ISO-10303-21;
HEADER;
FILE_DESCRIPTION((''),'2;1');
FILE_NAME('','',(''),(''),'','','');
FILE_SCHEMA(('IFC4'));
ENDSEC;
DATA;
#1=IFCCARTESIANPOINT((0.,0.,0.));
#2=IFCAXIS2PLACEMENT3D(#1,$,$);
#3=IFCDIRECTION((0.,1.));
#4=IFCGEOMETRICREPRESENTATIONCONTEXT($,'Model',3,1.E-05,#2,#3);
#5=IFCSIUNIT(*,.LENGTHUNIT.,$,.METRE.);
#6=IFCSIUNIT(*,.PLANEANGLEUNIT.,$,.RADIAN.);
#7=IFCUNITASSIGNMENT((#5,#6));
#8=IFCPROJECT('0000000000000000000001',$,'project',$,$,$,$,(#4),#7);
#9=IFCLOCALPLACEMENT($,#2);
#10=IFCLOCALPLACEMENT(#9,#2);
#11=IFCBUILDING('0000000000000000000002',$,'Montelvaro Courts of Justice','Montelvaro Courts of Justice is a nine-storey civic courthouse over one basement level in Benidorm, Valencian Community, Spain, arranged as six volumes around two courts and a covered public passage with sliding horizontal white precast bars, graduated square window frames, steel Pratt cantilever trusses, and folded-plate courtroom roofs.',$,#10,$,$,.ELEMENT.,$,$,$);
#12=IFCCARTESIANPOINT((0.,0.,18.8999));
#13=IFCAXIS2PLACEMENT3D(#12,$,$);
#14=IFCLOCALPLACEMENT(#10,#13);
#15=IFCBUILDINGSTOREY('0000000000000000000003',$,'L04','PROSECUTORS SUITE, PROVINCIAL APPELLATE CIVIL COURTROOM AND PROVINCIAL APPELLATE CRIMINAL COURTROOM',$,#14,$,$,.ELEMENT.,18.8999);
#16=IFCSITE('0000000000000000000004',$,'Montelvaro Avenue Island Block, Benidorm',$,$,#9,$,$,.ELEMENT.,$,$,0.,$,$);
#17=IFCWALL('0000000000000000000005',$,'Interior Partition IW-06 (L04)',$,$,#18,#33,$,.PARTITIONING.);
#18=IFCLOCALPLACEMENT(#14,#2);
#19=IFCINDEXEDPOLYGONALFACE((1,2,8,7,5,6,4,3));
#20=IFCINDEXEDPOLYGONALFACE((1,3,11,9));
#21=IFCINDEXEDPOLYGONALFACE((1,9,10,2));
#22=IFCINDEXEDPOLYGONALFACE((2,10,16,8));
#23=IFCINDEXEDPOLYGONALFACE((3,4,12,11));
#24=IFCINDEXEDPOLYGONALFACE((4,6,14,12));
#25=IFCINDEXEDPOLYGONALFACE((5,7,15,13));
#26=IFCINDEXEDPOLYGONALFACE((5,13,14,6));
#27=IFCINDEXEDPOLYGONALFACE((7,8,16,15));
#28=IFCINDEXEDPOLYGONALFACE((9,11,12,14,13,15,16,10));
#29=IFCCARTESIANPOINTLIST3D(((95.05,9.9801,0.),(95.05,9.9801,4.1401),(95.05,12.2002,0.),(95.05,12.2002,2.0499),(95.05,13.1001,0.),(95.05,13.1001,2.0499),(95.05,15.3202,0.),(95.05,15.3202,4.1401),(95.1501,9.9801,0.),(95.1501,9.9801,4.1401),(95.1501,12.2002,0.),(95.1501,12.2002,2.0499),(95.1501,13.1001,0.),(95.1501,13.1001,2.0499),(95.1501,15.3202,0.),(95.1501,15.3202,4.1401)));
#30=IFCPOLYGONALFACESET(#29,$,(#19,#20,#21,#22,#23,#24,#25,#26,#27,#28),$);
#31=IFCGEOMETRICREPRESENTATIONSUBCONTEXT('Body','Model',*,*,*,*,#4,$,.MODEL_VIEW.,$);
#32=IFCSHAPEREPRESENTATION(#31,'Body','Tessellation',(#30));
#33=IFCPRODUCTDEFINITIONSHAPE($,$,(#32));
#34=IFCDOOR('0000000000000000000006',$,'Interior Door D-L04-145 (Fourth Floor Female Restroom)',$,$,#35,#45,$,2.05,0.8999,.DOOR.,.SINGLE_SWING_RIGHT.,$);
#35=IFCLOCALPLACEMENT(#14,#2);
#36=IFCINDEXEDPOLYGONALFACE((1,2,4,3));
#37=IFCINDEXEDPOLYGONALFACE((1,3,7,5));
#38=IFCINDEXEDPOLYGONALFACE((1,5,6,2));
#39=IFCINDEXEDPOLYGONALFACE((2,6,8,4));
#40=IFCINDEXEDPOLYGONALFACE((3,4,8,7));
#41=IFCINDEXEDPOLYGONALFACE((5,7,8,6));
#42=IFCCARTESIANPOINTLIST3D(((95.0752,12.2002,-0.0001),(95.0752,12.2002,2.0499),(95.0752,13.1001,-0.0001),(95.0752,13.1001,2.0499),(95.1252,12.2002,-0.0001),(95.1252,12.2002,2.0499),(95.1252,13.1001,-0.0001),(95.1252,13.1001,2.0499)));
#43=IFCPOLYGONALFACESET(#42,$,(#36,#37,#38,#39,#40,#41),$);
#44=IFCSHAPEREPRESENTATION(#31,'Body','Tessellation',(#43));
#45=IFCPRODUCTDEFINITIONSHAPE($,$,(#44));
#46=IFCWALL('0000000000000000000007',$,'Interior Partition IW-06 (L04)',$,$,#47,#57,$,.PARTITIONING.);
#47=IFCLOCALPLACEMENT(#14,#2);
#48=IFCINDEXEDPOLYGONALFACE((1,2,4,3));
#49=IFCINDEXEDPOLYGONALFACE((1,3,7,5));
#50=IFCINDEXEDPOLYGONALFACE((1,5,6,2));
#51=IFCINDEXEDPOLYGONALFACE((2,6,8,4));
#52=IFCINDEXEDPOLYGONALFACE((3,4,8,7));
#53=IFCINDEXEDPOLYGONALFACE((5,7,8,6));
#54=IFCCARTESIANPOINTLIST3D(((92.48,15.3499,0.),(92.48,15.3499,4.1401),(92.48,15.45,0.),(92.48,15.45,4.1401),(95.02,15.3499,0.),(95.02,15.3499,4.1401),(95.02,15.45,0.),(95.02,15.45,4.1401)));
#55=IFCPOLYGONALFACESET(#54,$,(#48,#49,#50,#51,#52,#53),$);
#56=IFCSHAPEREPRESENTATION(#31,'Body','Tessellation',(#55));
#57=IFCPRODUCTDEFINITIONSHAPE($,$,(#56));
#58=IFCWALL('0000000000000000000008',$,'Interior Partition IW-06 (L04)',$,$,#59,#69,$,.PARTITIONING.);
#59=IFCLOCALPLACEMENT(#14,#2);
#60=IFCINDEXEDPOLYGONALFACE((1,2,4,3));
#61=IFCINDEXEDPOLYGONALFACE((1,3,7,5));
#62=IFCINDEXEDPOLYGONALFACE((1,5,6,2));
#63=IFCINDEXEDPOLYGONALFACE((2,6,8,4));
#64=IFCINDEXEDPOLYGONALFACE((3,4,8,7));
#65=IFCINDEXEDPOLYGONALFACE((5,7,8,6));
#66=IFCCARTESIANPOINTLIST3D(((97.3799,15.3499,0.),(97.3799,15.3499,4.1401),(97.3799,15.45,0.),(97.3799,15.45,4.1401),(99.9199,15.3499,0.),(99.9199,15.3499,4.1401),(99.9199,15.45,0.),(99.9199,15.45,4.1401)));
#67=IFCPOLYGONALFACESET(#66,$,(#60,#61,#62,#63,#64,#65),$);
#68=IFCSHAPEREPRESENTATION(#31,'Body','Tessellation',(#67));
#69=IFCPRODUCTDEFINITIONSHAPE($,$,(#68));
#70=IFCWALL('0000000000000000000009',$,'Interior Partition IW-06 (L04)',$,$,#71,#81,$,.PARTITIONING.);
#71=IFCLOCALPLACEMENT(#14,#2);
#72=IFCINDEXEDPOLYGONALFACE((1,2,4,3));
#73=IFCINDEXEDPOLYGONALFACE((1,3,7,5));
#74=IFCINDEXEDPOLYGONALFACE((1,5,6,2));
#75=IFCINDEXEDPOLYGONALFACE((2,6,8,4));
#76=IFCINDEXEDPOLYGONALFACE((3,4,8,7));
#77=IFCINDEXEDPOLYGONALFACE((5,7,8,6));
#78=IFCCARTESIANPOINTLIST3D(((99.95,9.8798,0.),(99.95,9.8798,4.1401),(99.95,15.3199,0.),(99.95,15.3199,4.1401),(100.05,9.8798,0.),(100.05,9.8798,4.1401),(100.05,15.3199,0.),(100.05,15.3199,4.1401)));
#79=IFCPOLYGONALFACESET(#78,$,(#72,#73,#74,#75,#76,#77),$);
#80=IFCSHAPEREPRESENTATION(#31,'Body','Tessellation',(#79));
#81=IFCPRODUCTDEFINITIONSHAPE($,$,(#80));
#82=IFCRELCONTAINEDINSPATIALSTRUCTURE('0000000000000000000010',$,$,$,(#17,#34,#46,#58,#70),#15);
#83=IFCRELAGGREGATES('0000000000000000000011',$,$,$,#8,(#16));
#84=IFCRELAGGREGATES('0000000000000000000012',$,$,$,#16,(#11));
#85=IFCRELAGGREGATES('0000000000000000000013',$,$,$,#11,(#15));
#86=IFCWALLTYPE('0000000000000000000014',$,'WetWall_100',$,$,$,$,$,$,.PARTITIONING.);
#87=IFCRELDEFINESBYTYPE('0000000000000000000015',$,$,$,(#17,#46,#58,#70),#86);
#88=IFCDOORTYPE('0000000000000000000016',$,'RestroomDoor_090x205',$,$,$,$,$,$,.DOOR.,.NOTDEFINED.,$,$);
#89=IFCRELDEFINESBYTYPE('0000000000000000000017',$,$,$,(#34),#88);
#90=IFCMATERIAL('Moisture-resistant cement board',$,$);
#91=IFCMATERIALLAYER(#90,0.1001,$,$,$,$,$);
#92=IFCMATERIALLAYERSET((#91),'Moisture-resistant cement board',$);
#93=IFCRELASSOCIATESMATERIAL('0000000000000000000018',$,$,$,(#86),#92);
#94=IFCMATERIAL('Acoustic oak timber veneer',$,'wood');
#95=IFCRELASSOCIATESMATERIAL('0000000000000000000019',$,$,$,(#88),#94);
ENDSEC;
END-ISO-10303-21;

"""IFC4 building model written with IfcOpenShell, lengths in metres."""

from ifc_helpers import new_model, si_unit, direction, frame, frame_2d, origin, place, context, subcontext, project, spatial, rectangle, extrude, material, layer, layer_set, type_object, element, fill, save


model = new_model("IFC4")

# Units and contexts
model_context = context("Model", 3, precision=1e-05, world=origin(), true_north=direction((0.0, 1.0)))
body_context = subcontext(model_context, "Body", "Model", "MODEL_VIEW")
ifc_project = project(units=[si_unit("LENGTHUNIT", "METRE"), si_unit("PLANEANGLEUNIT", "RADIAN")], contexts=[model_context])

# Site, building, storey
site_placement = place(None, origin())
site = spatial("IfcSite", under=ifc_project, at=site_placement, Name="Montelvaro Avenue Island Block, Benidorm", CompositionType="ELEMENT", RefElevation=0.0)
building_placement = place(site_placement, origin())
building = spatial("IfcBuilding", under=site, at=building_placement, Name="Montelvaro Courts of Justice", Description="Montelvaro Courts of Justice is a nine-storey civic courthouse over one basement level in Benidorm, Valencian Community, Spain, arranged as six volumes around two courts and a covered public passage with sliding horizontal white precast bars, graduated square window frames, steel Pratt cantilever trusses, and folded-plate courtroom roofs.", CompositionType="ELEMENT")
storey_placement = place(building_placement, frame((0.0, 0.0, 18.8999)))
storey = spatial("IfcBuildingStorey", under=building, at=storey_placement, Name="L04", Description="PROSECUTORS SUITE, PROVINCIAL APPELLATE CIVIL COURTROOM AND PROVINCIAL APPELLATE CRIMINAL COURTROOM", CompositionType="ELEMENT", Elevation=18.8999)

# Shared definitions
ifc_material_1 = material(Name="Acoustic oak timber veneer", Category="wood")

# Wall, opening, door
ifc_material_2 = material(Name="Moisture-resistant cement board")
ifc_layer_1 = layer(ifc_material_2, 0.1001)
ifc_layer_set_1 = layer_set([ifc_layer_1], Name="Moisture-resistant cement board")
wall_type_1 = type_object("IfcWallType", Name="WetWall_100", PredefinedType="PARTITIONING", material=ifc_layer_set_1)
wall_1_placement = place(storey_placement, frame((95.1001, 15.3201, 0.0), z_axis=(0.0, 0.0, 1.0), x_axis=(0.0, -1.0, 0.0)))
wall_1 = element("IfcWall", 1, at=wall_1_placement, inside=storey, type_object=wall_type_1, Name="Interior Partition IW-06 (L04)", PredefinedType="PARTITIONING", context=body_context, shape_type="SweptSolid", body=[
    extrude(rectangle(XDim=5.3401, YDim=0.1001, at=frame_2d((2.6699, 0.0))), origin(), (0.0, 0.0, 1.0), 4.1401),
])
opening_1_placement = place(wall_1_placement, frame((2.22, 0.0, 0.0)))
opening_1 = element("IfcOpeningElement", 2, at=opening_1_placement, cuts=wall_1, PredefinedType="OPENING", context=body_context, shape_type="SweptSolid", body=[
    extrude(rectangle(XDim=0.8999, YDim=2.05, at=frame_2d((0.45, 1.0249))), frame((0.0, 0.0649, 0.0), z_axis=(0.0, -1.0, 0.0), x_axis=(1.0, 0.0, 0.0)), (0.0, 0.0, 1.0), 0.1299),
])
door_type_1 = type_object("IfcDoorType", Name="RestroomDoor_090x205", OperationType="NOTDEFINED", PredefinedType="DOOR", material=ifc_material_1)
door_1_placement = place(opening_1_placement, frame((0.8999, 0.0, 0.0), z_axis=(0.0, 0.0, 1.0), x_axis=(-1.0, 0.0, 0.0)))
door_1 = element("IfcDoor", 3, at=door_1_placement, inside=storey, type_object=door_type_1, Name="Interior Door D-L04-145 (Fourth Floor Female Restroom)", OperationType="SINGLE_SWING_RIGHT", OverallHeight=2.05, OverallWidth=0.8999, PredefinedType="DOOR", context=body_context, shape_type="SweptSolid", body=[
    extrude(rectangle(XDim=0.8999, YDim=2.05, at=frame_2d((0.45, 1.0249))), frame((0.0, 0.0249, 0.0), z_axis=(0.0, -1.0, 0.0), x_axis=(1.0, 0.0, 0.0)), (0.0, 0.0, 1.0), 0.05),
])
fill(opening_1, door_1)

# Walls
for number, where, z_axis, x_axis, name in (
    (4, (92.48, 15.3999, 0.0), (0.0, 0.0, 1.0), (1.0, 0.0, 0.0), "Interior Partition IW-06 (L04)"),
    (5, (97.3799, 15.3999, 0.0), (0.0, 0.0, 1.0), (1.0, 0.0, 0.0), "Interior Partition IW-06 (L04)"),
):
    element("IfcWall", number, at=place(storey_placement, frame(where, z_axis=z_axis, x_axis=x_axis)), inside=storey, type_object=wall_type_1, Name=name, PredefinedType="PARTITIONING", context=body_context, shape_type="SweptSolid", body=[
        extrude(rectangle(XDim=2.54, YDim=0.1001, at=frame_2d((1.27, 0.0))), origin(), (0.0, 0.0, 1.0), 4.1401),
    ])
wall_2_placement = place(storey_placement, frame((100.0, 15.3201, 0.0), z_axis=(0.0, 0.0, 1.0), x_axis=(0.0, -1.0, 0.0)))
element("IfcWall", 6, at=wall_2_placement, inside=storey, type_object=wall_type_1, Name="Interior Partition IW-06 (L04)", PredefinedType="PARTITIONING", context=body_context, shape_type="SweptSolid", body=[
    extrude(rectangle(XDim=5.4402, YDim=0.1001, at=frame_2d((2.7202, 0.0))), origin(), (0.0, 0.0, 1.0), 4.1401),
])

save(model, "model.ifc")
